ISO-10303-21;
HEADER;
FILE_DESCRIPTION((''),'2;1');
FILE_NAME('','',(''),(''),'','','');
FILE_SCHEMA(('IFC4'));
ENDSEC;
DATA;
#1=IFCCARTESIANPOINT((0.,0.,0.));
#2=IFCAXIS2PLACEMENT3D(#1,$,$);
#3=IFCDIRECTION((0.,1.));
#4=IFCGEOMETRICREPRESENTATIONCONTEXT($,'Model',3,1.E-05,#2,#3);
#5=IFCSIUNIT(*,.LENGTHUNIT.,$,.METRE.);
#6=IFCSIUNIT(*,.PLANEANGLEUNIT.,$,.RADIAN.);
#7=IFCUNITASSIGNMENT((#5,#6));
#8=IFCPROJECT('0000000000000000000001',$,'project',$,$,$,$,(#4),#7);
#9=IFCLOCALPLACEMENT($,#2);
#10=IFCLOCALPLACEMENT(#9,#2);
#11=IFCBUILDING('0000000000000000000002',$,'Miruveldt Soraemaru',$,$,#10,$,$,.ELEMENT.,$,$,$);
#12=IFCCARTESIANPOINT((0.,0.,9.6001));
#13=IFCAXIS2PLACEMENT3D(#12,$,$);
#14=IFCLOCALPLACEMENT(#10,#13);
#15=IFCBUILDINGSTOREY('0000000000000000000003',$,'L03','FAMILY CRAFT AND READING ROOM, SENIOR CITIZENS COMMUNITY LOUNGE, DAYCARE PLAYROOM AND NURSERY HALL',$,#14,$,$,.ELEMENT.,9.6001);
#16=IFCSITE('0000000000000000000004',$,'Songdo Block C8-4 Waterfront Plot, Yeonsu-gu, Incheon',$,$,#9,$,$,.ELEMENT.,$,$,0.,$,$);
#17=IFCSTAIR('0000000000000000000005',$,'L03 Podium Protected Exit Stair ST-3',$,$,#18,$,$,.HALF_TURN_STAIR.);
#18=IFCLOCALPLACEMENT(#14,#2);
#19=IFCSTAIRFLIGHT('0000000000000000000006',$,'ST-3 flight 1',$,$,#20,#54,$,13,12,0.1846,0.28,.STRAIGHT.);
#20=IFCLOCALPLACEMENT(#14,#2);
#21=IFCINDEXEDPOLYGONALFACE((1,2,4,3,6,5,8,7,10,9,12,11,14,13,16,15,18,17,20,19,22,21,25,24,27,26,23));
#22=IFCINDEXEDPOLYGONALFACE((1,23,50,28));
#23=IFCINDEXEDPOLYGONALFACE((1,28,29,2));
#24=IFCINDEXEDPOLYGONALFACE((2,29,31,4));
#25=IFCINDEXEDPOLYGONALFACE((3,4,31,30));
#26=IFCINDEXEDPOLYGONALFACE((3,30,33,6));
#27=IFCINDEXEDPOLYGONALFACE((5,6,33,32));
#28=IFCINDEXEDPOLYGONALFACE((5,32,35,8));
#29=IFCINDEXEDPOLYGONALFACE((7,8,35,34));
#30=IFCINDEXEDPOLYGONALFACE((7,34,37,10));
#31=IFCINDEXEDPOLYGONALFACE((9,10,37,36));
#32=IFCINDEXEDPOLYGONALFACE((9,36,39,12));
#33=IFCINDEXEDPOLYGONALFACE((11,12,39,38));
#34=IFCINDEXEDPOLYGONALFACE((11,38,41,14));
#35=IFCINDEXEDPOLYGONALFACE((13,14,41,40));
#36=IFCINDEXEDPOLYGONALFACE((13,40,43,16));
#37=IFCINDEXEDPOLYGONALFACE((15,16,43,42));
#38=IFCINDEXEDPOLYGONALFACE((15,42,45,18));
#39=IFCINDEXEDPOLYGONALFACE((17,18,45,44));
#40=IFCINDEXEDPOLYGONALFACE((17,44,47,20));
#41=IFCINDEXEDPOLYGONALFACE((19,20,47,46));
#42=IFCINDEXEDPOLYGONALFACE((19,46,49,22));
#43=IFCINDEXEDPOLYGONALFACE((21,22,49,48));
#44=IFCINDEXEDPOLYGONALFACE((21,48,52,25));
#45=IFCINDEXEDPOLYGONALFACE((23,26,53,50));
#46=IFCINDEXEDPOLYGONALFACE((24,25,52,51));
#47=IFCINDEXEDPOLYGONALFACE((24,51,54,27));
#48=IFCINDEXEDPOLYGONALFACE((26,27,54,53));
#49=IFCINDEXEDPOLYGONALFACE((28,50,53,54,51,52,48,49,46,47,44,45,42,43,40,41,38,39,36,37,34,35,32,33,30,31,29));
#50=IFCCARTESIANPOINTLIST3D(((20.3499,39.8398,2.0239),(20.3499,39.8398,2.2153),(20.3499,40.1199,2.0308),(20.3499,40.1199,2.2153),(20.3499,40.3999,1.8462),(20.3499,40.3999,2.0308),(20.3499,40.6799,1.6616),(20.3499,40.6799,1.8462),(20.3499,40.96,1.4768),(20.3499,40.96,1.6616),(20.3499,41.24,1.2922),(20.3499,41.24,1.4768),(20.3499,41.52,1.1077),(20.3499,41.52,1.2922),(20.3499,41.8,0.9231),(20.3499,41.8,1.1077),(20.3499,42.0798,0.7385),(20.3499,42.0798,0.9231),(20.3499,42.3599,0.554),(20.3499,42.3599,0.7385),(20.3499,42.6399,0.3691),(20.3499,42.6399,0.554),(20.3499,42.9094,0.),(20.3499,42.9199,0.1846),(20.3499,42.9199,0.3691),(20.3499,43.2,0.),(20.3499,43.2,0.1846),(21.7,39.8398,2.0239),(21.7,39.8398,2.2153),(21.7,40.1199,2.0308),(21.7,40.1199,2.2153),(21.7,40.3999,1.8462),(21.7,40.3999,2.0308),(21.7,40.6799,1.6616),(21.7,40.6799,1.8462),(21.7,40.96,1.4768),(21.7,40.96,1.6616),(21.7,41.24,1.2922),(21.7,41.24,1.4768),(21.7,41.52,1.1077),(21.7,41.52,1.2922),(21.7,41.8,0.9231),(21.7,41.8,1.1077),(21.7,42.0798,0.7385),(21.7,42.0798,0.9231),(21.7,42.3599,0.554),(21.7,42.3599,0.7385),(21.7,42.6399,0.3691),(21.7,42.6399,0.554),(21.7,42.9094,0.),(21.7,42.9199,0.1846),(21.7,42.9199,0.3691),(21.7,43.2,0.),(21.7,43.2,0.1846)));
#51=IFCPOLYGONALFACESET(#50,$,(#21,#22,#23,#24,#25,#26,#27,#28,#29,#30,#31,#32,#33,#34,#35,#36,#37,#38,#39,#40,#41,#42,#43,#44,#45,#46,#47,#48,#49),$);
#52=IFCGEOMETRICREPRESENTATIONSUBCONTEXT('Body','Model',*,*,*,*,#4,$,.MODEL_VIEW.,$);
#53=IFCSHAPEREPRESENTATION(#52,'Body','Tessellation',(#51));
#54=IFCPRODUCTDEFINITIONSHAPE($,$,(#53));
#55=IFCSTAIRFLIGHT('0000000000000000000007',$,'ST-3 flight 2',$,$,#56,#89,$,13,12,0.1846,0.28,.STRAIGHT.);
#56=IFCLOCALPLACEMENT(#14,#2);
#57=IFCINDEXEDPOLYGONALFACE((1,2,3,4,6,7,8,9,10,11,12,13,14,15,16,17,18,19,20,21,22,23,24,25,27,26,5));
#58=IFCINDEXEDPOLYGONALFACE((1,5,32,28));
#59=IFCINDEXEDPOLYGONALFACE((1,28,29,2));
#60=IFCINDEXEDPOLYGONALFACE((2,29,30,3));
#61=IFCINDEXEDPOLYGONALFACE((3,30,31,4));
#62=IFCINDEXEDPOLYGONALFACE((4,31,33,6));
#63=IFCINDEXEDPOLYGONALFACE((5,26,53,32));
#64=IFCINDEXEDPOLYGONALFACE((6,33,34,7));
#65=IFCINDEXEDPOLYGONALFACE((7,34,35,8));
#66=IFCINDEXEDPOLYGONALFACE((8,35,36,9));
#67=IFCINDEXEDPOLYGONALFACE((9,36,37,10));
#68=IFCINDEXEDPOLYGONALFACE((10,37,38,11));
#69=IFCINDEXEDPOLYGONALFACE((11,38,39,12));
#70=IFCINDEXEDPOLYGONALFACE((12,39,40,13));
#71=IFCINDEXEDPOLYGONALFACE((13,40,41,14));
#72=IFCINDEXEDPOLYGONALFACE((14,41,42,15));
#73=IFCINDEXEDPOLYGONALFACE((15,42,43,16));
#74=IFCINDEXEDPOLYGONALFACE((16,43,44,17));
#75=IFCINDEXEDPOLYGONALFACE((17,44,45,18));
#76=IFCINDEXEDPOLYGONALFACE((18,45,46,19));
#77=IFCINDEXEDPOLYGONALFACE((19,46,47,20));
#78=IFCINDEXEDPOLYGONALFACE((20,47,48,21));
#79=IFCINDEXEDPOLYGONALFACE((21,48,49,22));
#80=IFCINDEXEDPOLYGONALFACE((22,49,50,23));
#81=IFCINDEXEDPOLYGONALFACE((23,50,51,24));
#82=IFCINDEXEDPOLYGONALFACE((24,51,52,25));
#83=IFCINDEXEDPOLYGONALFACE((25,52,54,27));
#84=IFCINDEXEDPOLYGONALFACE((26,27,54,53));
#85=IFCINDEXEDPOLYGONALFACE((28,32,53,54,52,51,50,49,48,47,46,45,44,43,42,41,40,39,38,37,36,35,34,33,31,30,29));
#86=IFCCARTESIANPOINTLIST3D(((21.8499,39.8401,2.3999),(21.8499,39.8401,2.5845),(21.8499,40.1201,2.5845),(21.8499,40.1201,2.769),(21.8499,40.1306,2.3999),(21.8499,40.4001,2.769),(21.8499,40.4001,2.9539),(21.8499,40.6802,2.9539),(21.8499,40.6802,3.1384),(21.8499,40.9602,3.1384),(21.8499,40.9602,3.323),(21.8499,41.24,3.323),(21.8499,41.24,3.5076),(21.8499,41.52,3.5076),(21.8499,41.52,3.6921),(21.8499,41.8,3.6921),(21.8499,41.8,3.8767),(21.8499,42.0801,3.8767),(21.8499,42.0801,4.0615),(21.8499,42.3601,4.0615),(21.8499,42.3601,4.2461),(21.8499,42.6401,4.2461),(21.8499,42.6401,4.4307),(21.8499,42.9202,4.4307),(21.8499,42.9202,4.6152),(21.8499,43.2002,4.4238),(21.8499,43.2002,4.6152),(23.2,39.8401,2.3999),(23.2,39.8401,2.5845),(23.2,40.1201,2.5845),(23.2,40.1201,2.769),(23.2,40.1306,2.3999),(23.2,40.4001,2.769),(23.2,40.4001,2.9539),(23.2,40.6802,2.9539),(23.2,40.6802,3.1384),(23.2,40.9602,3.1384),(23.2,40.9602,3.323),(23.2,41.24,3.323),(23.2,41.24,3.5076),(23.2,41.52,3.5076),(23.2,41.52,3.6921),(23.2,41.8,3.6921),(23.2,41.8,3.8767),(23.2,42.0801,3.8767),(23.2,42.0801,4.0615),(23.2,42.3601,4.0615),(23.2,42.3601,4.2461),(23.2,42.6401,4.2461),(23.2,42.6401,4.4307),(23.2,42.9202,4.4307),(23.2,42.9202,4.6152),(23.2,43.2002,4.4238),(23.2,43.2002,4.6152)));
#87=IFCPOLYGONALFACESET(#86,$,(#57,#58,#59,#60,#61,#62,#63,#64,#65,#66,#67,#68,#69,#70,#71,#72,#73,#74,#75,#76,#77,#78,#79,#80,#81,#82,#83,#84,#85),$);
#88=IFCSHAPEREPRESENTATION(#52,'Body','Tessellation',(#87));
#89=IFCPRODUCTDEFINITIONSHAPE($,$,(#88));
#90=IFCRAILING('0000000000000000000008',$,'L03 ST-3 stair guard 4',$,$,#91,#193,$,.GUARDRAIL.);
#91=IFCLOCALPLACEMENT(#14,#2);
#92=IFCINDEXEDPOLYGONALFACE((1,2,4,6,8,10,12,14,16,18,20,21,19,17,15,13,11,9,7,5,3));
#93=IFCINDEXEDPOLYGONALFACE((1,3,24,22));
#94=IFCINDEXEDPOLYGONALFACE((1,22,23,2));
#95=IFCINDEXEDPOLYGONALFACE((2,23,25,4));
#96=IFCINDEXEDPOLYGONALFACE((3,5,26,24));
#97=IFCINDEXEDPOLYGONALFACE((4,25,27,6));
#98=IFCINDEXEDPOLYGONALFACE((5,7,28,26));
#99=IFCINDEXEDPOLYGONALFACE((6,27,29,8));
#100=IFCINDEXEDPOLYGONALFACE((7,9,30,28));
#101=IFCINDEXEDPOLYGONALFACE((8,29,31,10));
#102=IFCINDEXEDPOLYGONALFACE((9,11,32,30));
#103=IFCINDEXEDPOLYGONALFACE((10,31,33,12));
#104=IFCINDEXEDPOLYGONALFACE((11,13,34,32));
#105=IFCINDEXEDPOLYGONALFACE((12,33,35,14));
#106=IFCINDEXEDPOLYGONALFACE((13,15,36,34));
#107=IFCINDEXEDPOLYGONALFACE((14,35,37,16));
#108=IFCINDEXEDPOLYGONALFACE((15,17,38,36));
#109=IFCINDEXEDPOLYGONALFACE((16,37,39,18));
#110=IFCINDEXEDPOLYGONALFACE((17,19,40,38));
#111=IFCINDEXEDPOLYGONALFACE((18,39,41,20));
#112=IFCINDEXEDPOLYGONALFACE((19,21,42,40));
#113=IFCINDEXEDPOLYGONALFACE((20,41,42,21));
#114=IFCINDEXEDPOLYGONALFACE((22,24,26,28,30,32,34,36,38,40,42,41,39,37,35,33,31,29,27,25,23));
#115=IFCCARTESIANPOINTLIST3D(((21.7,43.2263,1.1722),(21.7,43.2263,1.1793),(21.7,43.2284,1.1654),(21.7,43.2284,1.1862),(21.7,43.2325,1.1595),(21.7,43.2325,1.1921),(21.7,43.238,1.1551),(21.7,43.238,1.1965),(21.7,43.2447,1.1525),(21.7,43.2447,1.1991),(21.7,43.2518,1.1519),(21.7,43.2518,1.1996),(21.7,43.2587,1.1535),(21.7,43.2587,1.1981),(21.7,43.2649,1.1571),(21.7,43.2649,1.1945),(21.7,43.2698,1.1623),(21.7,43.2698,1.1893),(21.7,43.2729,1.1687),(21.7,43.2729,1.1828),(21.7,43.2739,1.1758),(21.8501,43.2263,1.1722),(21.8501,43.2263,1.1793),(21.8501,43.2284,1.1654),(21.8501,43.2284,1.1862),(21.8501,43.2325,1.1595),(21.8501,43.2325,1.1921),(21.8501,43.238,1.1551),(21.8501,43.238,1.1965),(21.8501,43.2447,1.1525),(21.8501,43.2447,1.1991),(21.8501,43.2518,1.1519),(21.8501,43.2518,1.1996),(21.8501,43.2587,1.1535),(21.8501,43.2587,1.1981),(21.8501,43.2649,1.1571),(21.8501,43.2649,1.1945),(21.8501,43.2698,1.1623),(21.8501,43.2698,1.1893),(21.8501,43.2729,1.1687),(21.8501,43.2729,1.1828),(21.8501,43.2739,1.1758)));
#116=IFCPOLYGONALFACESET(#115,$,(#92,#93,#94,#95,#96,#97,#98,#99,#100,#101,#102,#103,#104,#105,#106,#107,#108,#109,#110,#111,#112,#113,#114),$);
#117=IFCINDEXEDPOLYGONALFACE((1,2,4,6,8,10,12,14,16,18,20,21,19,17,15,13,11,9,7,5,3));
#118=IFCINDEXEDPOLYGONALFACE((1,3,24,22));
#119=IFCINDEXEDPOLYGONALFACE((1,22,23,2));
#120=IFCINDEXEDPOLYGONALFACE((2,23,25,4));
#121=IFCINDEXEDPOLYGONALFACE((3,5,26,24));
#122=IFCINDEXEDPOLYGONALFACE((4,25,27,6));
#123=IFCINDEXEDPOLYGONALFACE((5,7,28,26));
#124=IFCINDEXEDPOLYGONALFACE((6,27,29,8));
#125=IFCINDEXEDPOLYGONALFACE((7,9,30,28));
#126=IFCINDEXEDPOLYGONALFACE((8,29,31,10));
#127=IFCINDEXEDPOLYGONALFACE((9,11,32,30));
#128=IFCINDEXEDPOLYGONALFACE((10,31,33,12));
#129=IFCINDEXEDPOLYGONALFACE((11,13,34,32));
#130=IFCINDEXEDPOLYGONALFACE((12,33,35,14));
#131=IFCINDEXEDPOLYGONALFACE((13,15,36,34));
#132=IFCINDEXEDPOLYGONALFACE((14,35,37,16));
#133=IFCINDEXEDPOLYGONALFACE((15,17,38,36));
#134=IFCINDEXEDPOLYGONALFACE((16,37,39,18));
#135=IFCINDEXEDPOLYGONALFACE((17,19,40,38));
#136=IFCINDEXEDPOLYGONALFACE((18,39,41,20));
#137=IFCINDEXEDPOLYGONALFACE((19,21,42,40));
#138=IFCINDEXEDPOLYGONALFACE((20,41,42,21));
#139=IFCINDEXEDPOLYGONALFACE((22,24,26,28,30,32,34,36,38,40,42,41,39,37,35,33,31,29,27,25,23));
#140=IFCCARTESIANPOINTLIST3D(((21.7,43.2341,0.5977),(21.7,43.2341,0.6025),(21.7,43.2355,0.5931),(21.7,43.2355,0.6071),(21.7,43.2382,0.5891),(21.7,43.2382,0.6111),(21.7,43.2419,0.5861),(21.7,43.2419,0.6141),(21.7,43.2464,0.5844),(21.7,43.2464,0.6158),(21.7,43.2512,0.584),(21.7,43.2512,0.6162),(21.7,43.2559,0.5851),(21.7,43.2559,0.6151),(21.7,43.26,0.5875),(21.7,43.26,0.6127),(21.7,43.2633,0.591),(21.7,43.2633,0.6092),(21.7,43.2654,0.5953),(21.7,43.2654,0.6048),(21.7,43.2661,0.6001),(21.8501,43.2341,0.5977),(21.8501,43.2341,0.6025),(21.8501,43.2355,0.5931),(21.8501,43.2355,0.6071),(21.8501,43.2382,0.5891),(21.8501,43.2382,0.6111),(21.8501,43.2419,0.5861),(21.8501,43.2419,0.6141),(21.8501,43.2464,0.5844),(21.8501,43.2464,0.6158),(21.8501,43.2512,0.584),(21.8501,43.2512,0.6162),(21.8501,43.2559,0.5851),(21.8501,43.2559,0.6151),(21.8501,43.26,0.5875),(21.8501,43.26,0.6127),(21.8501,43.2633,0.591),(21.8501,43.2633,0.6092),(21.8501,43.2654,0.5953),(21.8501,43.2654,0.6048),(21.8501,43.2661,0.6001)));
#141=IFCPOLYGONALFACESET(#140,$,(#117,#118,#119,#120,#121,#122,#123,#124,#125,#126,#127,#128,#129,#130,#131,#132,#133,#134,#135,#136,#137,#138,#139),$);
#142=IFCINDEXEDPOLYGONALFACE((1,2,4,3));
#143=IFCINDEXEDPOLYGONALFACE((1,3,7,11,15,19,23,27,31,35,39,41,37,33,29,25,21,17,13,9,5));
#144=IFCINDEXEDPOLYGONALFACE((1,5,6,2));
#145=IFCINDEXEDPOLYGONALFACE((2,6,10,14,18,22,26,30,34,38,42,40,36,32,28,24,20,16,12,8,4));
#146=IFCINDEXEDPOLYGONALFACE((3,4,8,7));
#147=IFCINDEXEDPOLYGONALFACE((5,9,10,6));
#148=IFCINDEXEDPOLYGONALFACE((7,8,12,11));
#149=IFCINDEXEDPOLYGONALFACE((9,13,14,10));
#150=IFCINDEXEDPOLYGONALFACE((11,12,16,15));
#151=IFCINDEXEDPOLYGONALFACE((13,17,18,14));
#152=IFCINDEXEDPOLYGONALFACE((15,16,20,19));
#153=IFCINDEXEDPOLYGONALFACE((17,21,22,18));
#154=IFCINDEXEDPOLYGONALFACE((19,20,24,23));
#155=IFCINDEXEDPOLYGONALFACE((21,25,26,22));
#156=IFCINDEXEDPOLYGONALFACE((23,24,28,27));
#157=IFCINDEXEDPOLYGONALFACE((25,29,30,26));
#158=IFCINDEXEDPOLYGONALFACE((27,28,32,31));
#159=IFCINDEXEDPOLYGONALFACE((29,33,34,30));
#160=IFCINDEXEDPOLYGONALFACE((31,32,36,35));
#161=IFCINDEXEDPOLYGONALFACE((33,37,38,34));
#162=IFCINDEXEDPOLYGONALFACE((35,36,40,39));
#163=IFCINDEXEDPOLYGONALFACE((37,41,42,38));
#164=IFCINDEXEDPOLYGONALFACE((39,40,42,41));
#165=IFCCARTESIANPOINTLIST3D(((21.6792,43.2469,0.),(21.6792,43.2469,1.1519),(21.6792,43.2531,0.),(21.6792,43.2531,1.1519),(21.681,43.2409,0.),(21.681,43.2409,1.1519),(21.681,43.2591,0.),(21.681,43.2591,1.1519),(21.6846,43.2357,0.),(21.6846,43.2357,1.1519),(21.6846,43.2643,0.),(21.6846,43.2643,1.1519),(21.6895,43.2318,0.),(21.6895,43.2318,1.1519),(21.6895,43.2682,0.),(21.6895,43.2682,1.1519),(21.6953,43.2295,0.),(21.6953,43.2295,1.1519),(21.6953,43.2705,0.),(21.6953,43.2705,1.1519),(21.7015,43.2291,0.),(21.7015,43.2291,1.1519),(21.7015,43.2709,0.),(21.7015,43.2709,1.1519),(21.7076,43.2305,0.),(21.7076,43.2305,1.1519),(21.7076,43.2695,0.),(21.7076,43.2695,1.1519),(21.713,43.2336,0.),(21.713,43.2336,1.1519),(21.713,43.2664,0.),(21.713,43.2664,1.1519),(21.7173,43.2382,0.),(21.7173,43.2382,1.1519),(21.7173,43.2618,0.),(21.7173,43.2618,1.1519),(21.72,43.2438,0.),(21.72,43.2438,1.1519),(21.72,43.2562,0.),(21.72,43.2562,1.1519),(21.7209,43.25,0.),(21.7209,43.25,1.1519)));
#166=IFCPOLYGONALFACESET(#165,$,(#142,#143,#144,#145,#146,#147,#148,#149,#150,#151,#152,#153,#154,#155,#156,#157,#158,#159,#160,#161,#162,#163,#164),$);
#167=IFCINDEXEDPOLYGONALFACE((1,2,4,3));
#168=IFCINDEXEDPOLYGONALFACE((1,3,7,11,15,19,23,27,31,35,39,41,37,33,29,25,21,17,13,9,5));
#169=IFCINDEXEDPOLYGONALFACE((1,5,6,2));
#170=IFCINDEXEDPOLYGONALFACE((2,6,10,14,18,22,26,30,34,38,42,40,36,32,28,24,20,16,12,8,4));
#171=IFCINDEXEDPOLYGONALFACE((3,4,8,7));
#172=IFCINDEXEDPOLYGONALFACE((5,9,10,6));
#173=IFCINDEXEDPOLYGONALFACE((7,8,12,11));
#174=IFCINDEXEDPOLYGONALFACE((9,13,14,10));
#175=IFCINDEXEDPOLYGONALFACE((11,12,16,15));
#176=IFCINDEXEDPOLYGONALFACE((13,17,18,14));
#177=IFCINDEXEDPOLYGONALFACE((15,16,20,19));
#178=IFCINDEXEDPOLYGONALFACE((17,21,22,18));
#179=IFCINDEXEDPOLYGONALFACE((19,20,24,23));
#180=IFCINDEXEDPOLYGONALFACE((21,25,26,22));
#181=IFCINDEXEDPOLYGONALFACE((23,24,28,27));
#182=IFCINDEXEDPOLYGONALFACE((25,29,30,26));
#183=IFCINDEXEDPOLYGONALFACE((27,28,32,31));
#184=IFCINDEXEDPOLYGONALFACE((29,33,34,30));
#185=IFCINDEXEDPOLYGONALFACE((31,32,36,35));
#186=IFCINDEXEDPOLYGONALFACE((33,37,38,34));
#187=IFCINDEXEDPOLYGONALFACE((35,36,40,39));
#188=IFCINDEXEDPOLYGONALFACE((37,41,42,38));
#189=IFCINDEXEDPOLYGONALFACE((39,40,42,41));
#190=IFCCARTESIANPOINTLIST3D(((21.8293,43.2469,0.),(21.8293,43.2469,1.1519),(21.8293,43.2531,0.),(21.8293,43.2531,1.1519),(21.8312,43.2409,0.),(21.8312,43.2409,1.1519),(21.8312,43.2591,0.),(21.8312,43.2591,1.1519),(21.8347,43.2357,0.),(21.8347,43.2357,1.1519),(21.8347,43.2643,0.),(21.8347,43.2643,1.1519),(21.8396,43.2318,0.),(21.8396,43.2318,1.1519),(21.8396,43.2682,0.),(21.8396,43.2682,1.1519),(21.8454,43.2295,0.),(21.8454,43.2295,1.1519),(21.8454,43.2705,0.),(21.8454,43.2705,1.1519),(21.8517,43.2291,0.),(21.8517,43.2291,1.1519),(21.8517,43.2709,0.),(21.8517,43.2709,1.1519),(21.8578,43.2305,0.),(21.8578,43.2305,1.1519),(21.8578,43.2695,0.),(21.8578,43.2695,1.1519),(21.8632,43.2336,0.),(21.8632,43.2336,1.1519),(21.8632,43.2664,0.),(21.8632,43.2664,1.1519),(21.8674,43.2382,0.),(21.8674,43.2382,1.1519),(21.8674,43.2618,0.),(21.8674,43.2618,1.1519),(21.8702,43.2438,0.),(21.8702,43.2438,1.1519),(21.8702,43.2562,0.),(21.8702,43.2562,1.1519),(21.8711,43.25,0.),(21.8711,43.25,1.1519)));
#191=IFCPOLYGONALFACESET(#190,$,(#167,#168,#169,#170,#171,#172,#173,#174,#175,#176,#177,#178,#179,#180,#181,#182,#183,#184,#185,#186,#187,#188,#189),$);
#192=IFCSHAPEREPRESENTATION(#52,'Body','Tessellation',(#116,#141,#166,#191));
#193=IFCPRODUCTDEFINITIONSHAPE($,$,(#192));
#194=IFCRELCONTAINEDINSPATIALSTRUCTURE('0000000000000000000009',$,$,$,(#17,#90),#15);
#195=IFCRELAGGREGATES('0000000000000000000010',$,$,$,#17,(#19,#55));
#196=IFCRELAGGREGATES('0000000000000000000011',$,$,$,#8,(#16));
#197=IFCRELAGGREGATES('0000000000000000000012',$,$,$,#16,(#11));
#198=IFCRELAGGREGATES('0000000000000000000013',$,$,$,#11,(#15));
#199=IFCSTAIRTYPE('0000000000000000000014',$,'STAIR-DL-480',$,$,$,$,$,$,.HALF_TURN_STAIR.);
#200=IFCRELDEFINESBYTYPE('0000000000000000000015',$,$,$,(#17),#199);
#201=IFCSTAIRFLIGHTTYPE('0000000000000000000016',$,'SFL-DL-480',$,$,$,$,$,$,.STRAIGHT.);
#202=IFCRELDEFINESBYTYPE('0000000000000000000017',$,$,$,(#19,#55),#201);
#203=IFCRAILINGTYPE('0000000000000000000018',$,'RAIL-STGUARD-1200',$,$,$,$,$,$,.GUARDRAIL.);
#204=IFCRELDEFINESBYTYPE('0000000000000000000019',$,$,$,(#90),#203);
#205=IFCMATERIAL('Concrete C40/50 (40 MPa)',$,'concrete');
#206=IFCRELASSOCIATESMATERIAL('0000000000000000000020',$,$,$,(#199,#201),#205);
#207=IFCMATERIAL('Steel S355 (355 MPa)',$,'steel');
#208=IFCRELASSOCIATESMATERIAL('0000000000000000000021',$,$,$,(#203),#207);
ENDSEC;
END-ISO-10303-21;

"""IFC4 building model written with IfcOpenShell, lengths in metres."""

from ifc_helpers import new_model, si_unit, direction, frame, origin, origin_2d, place, context, subcontext, project, spatial, polyline, circle, outline, extrude, material, type_object, element, aggregate, save


model = new_model("IFC4")

# Units and contexts
model_context = context("Model", 3, precision=1e-05, world=origin(), true_north=direction((0.0, 1.0)))
body_context = subcontext(model_context, "Body", "Model", "MODEL_VIEW")
ifc_project = project(units=[si_unit("LENGTHUNIT", "METRE"), si_unit("PLANEANGLEUNIT", "RADIAN")], contexts=[model_context])

# Site, building, storey
site_placement = place(None, origin())
site = spatial("IfcSite", under=ifc_project, at=site_placement, Name="Songdo Block C8-4 Waterfront Plot, Yeonsu-gu, Incheon", CompositionType="ELEMENT", RefElevation=0.0)
building_placement = place(site_placement, origin())
building = spatial("IfcBuilding", under=site, at=building_placement, Name="Miruveldt Soraemaru", CompositionType="ELEMENT")
storey_placement = place(building_placement, frame((0.0, 0.0, 9.6001)))
storey = spatial("IfcBuildingStorey", under=building, at=storey_placement, Name="L03", Description="FAMILY CRAFT AND READING ROOM, SENIOR CITIZENS COMMUNITY LOUNGE, DAYCARE PLAYROOM AND NURSERY HALL", CompositionType="ELEMENT", Elevation=9.6001)

# Shared definitions
ifc_material_1 = material(Name="Concrete C40/50 (40 MPa)", Category="concrete")

# Stair, stair flights
stair_type = type_object("IfcStairType", Name="STAIR-DL-480", PredefinedType="HALF_TURN_STAIR", material=ifc_material_1)
stair_placement = place(storey_placement, origin())
stair = element("IfcStair", 1, at=stair_placement, inside=storey, type_object=stair_type, Name="L03 Podium Protected Exit Stair ST-3", PredefinedType="HALF_TURN_STAIR")
stair_flight_type = type_object("IfcStairFlightType", Name="SFL-DL-480", PredefinedType="STRAIGHT", material=ifc_material_1)
stair_flight_1_placement = place(storey_placement, frame((21.0249, 43.2, 0.0), z_axis=(0.0, 0.0, 1.0), x_axis=(0.0, -1.0, 0.0)))
stair_flight_1 = element("IfcStairFlight", 2, at=stair_flight_1_placement, type_object=stair_flight_type, Name="ST-3 flight 1", NumberOfRisers=13, NumberOfTreads=12, PredefinedType="STRAIGHT", RiserHeight=0.1846, TreadLength=0.28, context=body_context, shape_type="SweptSolid", body=[
    extrude(outline(polyline([(0.0, 0.0), (0.0, 0.1846), (0.28, 0.1846), (0.28, 0.3691), (0.5601, 0.3691), (0.5601, 0.554), (0.8401, 0.554), (0.8401, 0.7385), (1.1201, 0.7385), (1.1201, 0.9231), (1.3999, 0.9231), (1.3999, 1.1077), (1.6799, 1.1077), (1.6799, 1.2922), (1.96, 1.2922), (1.96, 1.4768), (2.24, 1.4768), (2.24, 1.6616), (2.52, 1.6616), (2.52, 1.8462), (2.8, 1.8462), (2.8, 2.0308), (3.0801, 2.0308), (3.0801, 2.2153), (3.3601, 2.2153), (3.3601, 2.3999), (3.3601, 2.0239), (0.2905, 0.0), (0.0, 0.0)])), frame((0.0, 0.675, 0.0), z_axis=(0.0, -1.0, 0.0), x_axis=(1.0, 0.0, 0.0)), (0.0, 0.0, 1.0), 1.3501),
])
stair_flight_2_placement = place(storey_placement, frame((22.5249, 39.8401, 2.3999), z_axis=(0.0, 0.0, 1.0), x_axis=(0.0, 1.0, 0.0)))
stair_flight_2 = element("IfcStairFlight", 3, at=stair_flight_2_placement, type_object=stair_flight_type, Name="ST-3 flight 2", NumberOfRisers=13, NumberOfTreads=12, PredefinedType="STRAIGHT", RiserHeight=0.1846, TreadLength=0.28, context=body_context, shape_type="SweptSolid", body=[
    extrude(outline(polyline([(0.0, 0.0), (0.0, 0.1846), (0.28, 0.1846), (0.28, 0.3691), (0.5601, 0.3691), (0.5601, 0.554), (0.8401, 0.554), (0.8401, 0.7385), (1.1201, 0.7385), (1.1201, 0.9231), (1.3999, 0.9231), (1.3999, 1.1077), (1.6799, 1.1077), (1.6799, 1.2922), (1.96, 1.2922), (1.96, 1.4768), (2.24, 1.4768), (2.24, 1.6616), (2.52, 1.6616), (2.52, 1.8462), (2.8, 1.8462), (2.8, 2.0308), (3.0801, 2.0308), (3.0801, 2.2153), (3.3601, 2.2153), (3.3601, 2.3999), (3.3601, 2.0239), (0.2905, 0.0), (0.0, 0.0)])), frame((0.0, 0.675, 0.0), z_axis=(0.0, -1.0, 0.0), x_axis=(1.0, 0.0, 0.0)), (0.0, 0.0, 1.0), 1.3501),
])
aggregate(stair, [stair_flight_1, stair_flight_2])

# Railing
ifc_material_2 = material(Name="Steel S355 (355 MPa)", Category="steel")
railing_type_1 = type_object("IfcRailingType", Name="RAIL-STGUARD-1200", PredefinedType="GUARDRAIL", material=ifc_material_2)
railing_1_placement = place(storey_placement, frame((21.7, 43.25, 0.0)))
element("IfcRailing", 4, at=railing_1_placement, inside=storey, type_object=railing_type_1, Name="L03 ST-3 stair guard 4", PredefinedType="GUARDRAIL", context=body_context, shape_type="SweptSolid", body=[
    extrude(circle(Radius=0.0239, at=origin_2d()), frame((0.0, 0.0, 1.1758), z_axis=(1.0, 0.0, 0.0), x_axis=(0.0, 1.0, 0.0)), (0.0, 0.0, 1.0), 0.1501),
    extrude(circle(Radius=0.0161, at=origin_2d()), frame((0.0, 0.0, 0.6001), z_axis=(1.0, 0.0, 0.0), x_axis=(0.0, 1.0, 0.0)), (0.0, 0.0, 1.0), 0.1501),
    extrude(circle(Radius=0.021, at=origin_2d()), origin(), (0.0, 0.0, 1.0), 1.1519),
    extrude(circle(Radius=0.021, at=origin_2d()), frame((0.1501, 0.0, 0.0)), (0.0, 0.0, 1.0), 1.1519),
])

save(model, "model.ifc")
